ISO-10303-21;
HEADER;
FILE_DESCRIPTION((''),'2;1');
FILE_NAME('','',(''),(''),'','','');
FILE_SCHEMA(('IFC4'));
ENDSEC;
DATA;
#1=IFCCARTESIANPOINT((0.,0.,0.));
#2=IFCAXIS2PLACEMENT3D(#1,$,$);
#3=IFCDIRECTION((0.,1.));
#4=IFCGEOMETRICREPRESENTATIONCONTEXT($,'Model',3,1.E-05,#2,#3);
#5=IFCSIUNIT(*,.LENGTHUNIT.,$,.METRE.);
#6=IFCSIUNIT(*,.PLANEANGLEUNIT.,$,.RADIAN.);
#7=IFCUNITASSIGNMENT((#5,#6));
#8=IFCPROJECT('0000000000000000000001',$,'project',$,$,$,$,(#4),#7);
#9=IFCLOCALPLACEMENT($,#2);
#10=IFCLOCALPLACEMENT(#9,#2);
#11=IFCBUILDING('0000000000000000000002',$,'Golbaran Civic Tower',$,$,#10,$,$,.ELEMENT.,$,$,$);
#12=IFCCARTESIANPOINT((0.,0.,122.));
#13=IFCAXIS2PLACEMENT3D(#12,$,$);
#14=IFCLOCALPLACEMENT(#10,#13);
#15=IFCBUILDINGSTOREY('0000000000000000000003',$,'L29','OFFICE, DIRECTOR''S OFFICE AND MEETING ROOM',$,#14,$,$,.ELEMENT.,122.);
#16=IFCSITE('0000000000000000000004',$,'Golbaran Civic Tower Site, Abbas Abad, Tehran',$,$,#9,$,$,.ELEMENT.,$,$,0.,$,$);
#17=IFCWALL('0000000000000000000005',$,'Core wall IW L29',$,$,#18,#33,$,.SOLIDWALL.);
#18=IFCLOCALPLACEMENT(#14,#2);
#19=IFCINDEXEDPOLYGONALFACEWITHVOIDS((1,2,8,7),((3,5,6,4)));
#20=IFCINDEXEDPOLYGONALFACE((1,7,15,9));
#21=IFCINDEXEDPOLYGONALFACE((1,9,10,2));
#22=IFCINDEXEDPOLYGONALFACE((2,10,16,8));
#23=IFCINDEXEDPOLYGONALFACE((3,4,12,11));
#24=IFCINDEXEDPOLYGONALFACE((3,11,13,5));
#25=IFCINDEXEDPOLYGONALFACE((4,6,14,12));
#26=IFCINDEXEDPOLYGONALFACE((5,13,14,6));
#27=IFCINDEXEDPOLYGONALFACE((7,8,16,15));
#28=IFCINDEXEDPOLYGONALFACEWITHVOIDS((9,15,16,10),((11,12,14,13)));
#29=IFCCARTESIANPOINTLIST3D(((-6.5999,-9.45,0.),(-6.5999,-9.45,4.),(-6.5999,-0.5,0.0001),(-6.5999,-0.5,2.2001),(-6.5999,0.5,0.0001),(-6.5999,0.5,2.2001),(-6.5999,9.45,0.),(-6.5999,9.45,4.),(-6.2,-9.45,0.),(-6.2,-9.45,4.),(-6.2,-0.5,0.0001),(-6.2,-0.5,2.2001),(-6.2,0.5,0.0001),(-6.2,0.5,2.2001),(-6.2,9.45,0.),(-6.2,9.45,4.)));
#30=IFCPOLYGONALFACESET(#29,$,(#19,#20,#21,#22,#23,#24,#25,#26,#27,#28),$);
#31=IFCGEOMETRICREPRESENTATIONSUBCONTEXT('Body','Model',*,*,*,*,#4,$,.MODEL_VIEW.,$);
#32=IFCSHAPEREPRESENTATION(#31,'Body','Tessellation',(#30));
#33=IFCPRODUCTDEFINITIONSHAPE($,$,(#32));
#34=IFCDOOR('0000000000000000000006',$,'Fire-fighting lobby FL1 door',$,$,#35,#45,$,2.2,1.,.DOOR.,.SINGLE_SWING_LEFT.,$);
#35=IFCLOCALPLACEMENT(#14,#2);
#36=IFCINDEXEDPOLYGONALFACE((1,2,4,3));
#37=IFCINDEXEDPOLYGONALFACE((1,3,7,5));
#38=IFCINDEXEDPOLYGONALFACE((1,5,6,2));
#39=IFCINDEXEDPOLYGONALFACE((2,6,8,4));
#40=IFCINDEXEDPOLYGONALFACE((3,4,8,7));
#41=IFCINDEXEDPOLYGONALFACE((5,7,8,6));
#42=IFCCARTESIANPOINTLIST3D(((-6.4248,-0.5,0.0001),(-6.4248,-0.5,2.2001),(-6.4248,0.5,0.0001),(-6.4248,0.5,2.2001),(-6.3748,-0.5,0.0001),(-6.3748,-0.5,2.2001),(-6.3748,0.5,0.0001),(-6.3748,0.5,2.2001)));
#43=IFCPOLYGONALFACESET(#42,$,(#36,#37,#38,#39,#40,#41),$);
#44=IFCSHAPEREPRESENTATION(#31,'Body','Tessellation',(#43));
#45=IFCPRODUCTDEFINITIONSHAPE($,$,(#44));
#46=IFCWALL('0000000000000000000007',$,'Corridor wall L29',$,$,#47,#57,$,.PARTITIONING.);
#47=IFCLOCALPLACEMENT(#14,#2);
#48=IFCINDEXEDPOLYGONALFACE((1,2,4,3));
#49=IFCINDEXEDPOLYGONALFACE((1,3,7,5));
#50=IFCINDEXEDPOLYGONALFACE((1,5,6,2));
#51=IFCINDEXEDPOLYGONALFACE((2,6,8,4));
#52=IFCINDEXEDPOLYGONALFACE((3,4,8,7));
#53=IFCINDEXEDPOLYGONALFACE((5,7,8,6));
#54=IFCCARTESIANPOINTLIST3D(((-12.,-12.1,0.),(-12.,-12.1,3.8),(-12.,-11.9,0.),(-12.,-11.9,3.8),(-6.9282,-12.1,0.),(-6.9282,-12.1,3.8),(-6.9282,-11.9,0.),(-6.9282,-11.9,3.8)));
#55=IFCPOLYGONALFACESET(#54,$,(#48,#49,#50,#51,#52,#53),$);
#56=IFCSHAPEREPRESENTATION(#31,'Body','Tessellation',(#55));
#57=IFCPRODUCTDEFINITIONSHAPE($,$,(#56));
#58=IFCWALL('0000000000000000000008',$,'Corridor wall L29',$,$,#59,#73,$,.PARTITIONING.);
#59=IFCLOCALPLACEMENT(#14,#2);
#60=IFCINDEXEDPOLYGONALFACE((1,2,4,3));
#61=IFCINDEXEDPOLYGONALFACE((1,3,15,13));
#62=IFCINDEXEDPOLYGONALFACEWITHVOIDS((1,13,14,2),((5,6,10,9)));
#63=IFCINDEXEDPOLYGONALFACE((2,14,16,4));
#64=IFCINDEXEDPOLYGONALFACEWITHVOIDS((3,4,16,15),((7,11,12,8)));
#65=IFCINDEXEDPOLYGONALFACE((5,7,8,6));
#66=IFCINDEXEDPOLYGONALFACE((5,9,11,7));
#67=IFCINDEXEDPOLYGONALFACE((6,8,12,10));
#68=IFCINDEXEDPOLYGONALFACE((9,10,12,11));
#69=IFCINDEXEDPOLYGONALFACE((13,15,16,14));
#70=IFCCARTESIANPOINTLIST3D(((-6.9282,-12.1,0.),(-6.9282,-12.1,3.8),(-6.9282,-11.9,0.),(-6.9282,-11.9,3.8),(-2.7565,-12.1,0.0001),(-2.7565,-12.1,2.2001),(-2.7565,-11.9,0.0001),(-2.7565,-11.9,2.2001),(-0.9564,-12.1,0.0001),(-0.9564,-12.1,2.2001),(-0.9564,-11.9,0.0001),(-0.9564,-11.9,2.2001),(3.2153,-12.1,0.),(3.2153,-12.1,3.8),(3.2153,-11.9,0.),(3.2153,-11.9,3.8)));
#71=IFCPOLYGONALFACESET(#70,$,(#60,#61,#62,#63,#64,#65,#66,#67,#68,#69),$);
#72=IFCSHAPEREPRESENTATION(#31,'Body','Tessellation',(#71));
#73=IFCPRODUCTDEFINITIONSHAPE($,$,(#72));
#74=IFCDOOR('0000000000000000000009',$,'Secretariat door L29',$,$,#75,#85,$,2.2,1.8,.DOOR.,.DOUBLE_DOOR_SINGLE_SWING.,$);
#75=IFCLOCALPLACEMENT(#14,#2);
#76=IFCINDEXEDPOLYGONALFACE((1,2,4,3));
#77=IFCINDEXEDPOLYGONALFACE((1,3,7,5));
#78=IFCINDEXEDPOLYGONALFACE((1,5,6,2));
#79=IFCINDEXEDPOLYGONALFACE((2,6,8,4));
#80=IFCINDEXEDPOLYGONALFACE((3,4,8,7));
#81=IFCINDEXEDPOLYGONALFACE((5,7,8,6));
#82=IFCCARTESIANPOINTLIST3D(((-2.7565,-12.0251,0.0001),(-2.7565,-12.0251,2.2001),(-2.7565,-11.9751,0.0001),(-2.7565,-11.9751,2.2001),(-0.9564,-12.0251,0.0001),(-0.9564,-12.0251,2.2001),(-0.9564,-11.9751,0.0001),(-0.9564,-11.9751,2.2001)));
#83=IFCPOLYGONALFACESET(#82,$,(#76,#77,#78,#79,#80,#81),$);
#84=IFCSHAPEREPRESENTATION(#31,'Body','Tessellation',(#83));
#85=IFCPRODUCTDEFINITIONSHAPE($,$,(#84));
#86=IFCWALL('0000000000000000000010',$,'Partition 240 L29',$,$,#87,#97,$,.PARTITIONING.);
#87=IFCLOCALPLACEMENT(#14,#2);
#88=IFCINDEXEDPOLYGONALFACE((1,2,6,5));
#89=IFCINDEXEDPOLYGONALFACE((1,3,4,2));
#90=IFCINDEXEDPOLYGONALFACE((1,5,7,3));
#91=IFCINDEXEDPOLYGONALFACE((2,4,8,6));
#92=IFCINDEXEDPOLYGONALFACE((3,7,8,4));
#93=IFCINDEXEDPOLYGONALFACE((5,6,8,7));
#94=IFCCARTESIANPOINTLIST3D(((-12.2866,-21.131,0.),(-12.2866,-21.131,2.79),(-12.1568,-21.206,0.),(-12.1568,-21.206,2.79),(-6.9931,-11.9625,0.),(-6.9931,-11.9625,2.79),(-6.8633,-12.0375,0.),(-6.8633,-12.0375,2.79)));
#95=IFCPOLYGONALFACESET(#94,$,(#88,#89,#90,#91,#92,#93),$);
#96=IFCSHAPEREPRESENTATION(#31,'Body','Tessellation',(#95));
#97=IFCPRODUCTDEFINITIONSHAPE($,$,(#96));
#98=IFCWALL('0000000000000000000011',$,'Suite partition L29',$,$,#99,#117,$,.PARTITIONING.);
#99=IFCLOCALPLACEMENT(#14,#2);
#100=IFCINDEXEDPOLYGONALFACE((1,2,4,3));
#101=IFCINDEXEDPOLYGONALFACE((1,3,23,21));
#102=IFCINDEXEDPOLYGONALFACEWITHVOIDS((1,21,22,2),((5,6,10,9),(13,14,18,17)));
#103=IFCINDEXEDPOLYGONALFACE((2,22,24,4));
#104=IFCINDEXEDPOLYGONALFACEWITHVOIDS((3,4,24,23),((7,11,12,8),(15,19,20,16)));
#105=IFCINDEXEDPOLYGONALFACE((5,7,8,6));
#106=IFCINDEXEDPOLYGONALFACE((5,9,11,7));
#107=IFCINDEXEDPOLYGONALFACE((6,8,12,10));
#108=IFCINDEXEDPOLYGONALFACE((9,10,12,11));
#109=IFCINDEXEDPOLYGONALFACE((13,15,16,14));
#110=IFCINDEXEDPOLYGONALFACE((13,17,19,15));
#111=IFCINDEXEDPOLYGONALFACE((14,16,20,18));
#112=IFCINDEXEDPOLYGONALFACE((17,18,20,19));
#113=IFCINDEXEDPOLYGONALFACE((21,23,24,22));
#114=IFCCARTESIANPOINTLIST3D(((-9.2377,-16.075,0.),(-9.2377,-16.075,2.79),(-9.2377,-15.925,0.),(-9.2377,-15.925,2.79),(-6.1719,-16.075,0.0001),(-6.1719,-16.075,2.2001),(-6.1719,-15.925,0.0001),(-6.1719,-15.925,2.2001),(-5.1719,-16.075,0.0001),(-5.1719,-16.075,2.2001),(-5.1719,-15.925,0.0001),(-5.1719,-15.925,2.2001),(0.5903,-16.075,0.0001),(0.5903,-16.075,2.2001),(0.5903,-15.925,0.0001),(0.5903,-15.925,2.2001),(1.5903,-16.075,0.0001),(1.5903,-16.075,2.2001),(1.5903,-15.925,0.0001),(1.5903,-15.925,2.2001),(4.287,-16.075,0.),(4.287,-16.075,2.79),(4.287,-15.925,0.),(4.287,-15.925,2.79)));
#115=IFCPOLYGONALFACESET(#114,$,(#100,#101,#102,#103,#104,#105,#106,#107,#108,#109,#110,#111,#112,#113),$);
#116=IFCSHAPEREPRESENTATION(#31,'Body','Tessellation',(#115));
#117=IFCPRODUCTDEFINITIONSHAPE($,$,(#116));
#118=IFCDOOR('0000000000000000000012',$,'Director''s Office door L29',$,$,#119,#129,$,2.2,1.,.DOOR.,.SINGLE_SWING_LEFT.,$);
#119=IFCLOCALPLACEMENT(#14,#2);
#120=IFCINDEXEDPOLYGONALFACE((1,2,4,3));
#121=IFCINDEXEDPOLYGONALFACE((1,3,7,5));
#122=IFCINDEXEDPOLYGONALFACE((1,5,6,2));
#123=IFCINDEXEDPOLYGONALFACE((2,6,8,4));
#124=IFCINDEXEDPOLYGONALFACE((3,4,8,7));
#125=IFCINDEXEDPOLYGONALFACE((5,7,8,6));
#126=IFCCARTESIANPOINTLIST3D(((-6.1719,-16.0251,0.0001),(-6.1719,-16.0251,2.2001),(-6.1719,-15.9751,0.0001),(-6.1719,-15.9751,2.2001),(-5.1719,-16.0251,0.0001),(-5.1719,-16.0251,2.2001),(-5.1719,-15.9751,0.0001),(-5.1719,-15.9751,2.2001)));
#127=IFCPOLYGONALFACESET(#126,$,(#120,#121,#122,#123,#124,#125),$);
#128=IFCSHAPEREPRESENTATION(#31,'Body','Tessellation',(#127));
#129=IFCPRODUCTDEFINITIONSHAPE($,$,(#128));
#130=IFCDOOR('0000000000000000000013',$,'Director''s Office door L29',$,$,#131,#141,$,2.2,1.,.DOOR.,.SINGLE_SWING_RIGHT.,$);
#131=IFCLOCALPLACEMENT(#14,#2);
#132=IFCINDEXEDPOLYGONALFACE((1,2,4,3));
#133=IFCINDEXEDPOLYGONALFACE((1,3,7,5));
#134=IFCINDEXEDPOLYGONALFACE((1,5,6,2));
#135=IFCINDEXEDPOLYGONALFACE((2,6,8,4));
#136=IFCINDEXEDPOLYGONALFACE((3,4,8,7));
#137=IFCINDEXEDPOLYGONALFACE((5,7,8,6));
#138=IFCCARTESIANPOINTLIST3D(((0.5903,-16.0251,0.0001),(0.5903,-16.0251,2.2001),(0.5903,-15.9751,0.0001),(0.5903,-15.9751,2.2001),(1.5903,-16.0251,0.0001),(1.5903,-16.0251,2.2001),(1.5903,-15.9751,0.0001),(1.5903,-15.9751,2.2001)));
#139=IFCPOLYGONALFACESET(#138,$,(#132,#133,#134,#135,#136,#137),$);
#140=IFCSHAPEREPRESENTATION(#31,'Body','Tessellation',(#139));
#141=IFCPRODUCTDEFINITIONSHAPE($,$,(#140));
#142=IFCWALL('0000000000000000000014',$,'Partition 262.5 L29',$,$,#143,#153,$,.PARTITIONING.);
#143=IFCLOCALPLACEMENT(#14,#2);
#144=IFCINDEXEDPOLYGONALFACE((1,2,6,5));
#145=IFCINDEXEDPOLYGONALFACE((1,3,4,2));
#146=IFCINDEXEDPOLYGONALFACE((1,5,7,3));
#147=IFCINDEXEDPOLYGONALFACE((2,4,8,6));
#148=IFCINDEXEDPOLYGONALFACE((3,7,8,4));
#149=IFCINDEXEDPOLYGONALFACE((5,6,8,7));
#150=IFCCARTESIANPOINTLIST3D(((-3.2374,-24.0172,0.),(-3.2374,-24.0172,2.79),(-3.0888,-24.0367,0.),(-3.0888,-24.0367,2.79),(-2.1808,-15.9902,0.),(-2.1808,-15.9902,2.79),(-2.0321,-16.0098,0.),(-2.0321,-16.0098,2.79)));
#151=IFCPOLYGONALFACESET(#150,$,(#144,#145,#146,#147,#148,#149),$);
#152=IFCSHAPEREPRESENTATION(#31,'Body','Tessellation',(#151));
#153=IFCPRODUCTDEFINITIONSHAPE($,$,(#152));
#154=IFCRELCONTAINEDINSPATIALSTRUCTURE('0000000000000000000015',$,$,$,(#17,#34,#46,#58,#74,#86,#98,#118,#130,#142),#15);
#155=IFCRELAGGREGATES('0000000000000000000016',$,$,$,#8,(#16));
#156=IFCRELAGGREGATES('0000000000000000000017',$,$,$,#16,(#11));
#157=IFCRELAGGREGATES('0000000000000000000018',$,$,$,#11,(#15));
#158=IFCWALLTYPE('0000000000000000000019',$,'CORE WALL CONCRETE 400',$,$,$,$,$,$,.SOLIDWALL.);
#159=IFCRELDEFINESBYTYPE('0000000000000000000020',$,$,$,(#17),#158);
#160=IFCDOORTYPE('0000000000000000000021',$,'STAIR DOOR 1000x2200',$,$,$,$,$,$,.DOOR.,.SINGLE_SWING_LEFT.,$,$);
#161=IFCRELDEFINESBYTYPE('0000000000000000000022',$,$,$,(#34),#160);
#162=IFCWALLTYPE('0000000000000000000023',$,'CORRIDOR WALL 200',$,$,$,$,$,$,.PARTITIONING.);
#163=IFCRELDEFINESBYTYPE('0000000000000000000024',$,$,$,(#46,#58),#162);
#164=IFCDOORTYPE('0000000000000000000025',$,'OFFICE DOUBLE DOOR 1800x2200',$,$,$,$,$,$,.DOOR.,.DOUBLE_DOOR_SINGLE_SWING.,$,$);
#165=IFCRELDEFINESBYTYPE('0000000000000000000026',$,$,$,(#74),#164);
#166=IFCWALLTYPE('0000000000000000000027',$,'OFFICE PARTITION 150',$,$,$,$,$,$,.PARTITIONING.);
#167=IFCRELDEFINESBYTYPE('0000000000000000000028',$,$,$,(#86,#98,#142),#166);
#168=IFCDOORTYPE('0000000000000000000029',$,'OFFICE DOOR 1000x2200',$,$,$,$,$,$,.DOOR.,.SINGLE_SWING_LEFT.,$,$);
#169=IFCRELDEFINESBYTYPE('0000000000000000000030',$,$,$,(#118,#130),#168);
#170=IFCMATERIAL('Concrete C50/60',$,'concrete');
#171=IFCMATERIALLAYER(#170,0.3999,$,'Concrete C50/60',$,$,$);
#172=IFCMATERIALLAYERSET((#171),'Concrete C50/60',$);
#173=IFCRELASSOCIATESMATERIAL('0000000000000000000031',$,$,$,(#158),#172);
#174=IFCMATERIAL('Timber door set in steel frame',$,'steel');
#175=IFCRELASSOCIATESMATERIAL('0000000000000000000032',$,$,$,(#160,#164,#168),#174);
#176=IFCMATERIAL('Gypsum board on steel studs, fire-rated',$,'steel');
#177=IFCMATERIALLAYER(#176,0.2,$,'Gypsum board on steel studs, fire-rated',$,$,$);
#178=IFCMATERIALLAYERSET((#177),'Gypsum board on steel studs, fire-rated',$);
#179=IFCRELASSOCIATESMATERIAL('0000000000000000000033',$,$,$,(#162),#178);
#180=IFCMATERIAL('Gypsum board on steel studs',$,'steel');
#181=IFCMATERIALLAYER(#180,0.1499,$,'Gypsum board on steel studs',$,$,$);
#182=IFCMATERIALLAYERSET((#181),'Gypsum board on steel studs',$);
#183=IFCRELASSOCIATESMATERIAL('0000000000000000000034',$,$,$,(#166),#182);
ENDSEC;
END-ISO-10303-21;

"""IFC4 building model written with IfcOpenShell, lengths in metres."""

from ifc_helpers import new_model, si_unit, direction, frame, frame_2d, origin, place, context, subcontext, project, spatial, rectangle, extrude, material, layer, layer_set, type_object, element, fill, save


model = new_model("IFC4")

# Units and contexts
model_context = context("Model", 3, precision=1e-05, world=origin(), true_north=direction((0.0, 1.0)))
body_context = subcontext(model_context, "Body", "Model", "MODEL_VIEW")
ifc_project = project(units=[si_unit("LENGTHUNIT", "METRE"), si_unit("PLANEANGLEUNIT", "RADIAN")], contexts=[model_context])

# Site, building, storey
site_placement = place(None, origin())
site = spatial("IfcSite", under=ifc_project, at=site_placement, Name="Golbaran Civic Tower Site, Abbas Abad, Tehran", CompositionType="ELEMENT", RefElevation=0.0)
building_placement = place(site_placement, origin())
building = spatial("IfcBuilding", under=site, at=building_placement, Name="Golbaran Civic Tower", CompositionType="ELEMENT")
storey_placement = place(building_placement, frame((0.0, 0.0, 122.0)))
storey = spatial("IfcBuildingStorey", under=building, at=storey_placement, Name="L29", Description="OFFICE, DIRECTOR'S OFFICE AND MEETING ROOM", CompositionType="ELEMENT", Elevation=122.0)

# Wall, opening, door
ifc_material_1 = material(Name="Concrete C50/60", Category="concrete")
ifc_layer_1 = layer(ifc_material_1, 0.3999, Name="Concrete C50/60")
ifc_layer_set_1 = layer_set([ifc_layer_1], Name="Concrete C50/60")
wall_type_1 = type_object("IfcWallType", Name="CORE WALL CONCRETE 400", PredefinedType="SOLIDWALL", material=ifc_layer_set_1)
wall_1_placement = place(storey_placement, frame((-6.3999, -9.45, 0.0), z_axis=(0.0, 0.0, 1.0), x_axis=(0.0, 1.0, 0.0)))
wall_1 = element("IfcWall", 1, at=wall_1_placement, inside=storey, type_object=wall_type_1, Name="Core wall IW L29", PredefinedType="SOLIDWALL", context=body_context, shape_type="SweptSolid", body=[
    extrude(rectangle(XDim=18.8999, YDim=0.3999, at=frame_2d((9.45, 0.0))), origin(), (0.0, 0.0, 1.0), 4.0),
])
opening_1_placement = place(wall_1_placement, frame((8.95, 0.0, 0.0)))
opening_1 = element("IfcOpeningElement", 2, at=opening_1_placement, cuts=wall_1, PredefinedType="OPENING", context=body_context, shape_type="SweptSolid", body=[
    extrude(rectangle(XDim=1.0, YDim=2.2, at=frame_2d((0.5, 1.1001))), frame((0.0, 0.21, 0.0), z_axis=(0.0, -1.0, 0.0), x_axis=(1.0, 0.0, 0.0)), (0.0, 0.0, 1.0), 0.4199),
])
ifc_material_2 = material(Name="Timber door set in steel frame", Category="steel")
door_type_1 = type_object("IfcDoorType", Name="STAIR DOOR 1000x2200", OperationType="SINGLE_SWING_LEFT", PredefinedType="DOOR", material=ifc_material_2)
door_1_placement = place(opening_1_placement, origin())
door_1 = element("IfcDoor", 3, at=door_1_placement, inside=storey, type_object=door_type_1, Name="Fire-fighting lobby FL1 door", OperationType="SINGLE_SWING_LEFT", OverallHeight=2.2, OverallWidth=1.0, PredefinedType="DOOR", context=body_context, shape_type="SweptSolid", body=[
    extrude(rectangle(XDim=1.0, YDim=2.2, at=frame_2d((0.5, 1.1001))), frame((0.0, 0.0249, 0.0), z_axis=(0.0, -1.0, 0.0), x_axis=(1.0, 0.0, 0.0)), (0.0, 0.0, 1.0), 0.05),
])
fill(opening_1, door_1)

# Wall
ifc_material_3 = material(Name="Gypsum board on steel studs, fire-rated", Category="steel")
ifc_layer_2 = layer(ifc_material_3, 0.2, Name="Gypsum board on steel studs, fire-rated")
ifc_layer_set_2 = layer_set([ifc_layer_2], Name="Gypsum board on steel studs, fire-rated")
wall_type_2 = type_object("IfcWallType", Name="CORRIDOR WALL 200", PredefinedType="PARTITIONING", material=ifc_layer_set_2)
wall_2_placement = place(storey_placement, frame((-12.0, -12.0, 0.0), z_axis=(0.0, 0.0, 1.0), x_axis=(1.0, 0.0, 0.0)))
element("IfcWall", 4, at=wall_2_placement, inside=storey, type_object=wall_type_2, Name="Corridor wall L29", PredefinedType="PARTITIONING", context=body_context, shape_type="SweptSolid", body=[
    extrude(rectangle(XDim=5.0718, YDim=0.2, at=frame_2d((2.5359, 0.0))), origin(), (0.0, 0.0, 1.0), 3.8),
])

# Wall, opening, door
wall_3_placement = place(storey_placement, frame((-6.9282, -12.0, 0.0), z_axis=(0.0, 0.0, 1.0), x_axis=(1.0, 0.0, 0.0)))
wall_3 = element("IfcWall", 5, at=wall_3_placement, inside=storey, type_object=wall_type_2, Name="Corridor wall L29", PredefinedType="PARTITIONING", context=body_context, shape_type="SweptSolid", body=[
    extrude(rectangle(XDim=10.1436, YDim=0.2, at=frame_2d((5.0718, 0.0))), origin(), (0.0, 0.0, 1.0), 3.8),
])
opening_2_placement = place(wall_3_placement, frame((4.1719, 0.0, 0.0)))
opening_2 = element("IfcOpeningElement", 6, at=opening_2_placement, cuts=wall_3, PredefinedType="OPENING", context=body_context, shape_type="SweptSolid", body=[
    extrude(rectangle(XDim=1.8, YDim=2.2, at=frame_2d((0.8999, 1.1001))), frame((0.0, 0.1099, 0.0), z_axis=(0.0, -1.0, 0.0), x_axis=(1.0, 0.0, 0.0)), (0.0, 0.0, 1.0), 0.22),
])
door_type_2 = type_object("IfcDoorType", Name="OFFICE DOUBLE DOOR 1800x2200", OperationType="DOUBLE_DOOR_SINGLE_SWING", PredefinedType="DOOR", material=ifc_material_2)
door_2_placement = place(opening_2_placement, origin())
door_2 = element("IfcDoor", 7, at=door_2_placement, inside=storey, type_object=door_type_2, Name="Secretariat door L29", OperationType="DOUBLE_DOOR_SINGLE_SWING", OverallHeight=2.2, OverallWidth=1.8, PredefinedType="DOOR", context=body_context, shape_type="SweptSolid", body=[
    extrude(rectangle(XDim=1.8, YDim=2.2, at=frame_2d((0.8999, 1.1001))), frame((0.0, 0.0249, 0.0), z_axis=(0.0, -1.0, 0.0), x_axis=(1.0, 0.0, 0.0)), (0.0, 0.0, 1.0), 0.05),
])
fill(opening_2, door_2)

# Wall
ifc_material_4 = material(Name="Gypsum board on steel studs", Category="steel")
ifc_layer_3 = layer(ifc_material_4, 0.1499, Name="Gypsum board on steel studs")
ifc_layer_set_3 = layer_set([ifc_layer_3], Name="Gypsum board on steel studs")
wall_type_3 = type_object("IfcWallType", Name="OFFICE PARTITION 150", PredefinedType="PARTITIONING", material=ifc_layer_set_3)
wall_4_placement = place(storey_placement, frame((-6.9282, -12.0, 0.0), z_axis=(0.0, 0.0, 1.0), x_axis=(-0.500003, -0.866024, 0.0)))
element("IfcWall", 8, at=wall_4_placement, inside=storey, type_object=wall_type_3, Name="Partition 240 L29", PredefinedType="PARTITIONING", context=body_context, shape_type="SweptSolid", body=[
    extrude(rectangle(XDim=10.5869, YDim=0.1499, at=frame_2d((5.2935, 0.0))), origin(), (0.0, 0.0, 1.0), 2.79),
])

# Wall, openings, doors
wall_5_placement = place(storey_placement, frame((-9.2375, -16.0, 0.0), z_axis=(0.0, 0.0, 1.0), x_axis=(1.0, 0.0, 0.0)))
wall_5 = element("IfcWall", 9, at=wall_5_placement, inside=storey, type_object=wall_type_3, Name="Suite partition L29", PredefinedType="PARTITIONING", context=body_context, shape_type="SweptSolid", body=[
    extrude(rectangle(XDim=13.5247, YDim=0.1499, at=frame_2d((6.7622, 0.0))), origin(), (0.0, 0.0, 1.0), 2.79),
])
opening_3_placement = place(wall_5_placement, frame((3.0657, 0.0, 0.0)))
opening_3 = element("IfcOpeningElement", 10, at=opening_3_placement, cuts=wall_5, PredefinedType="OPENING", context=body_context, shape_type="SweptSolid", body=[
    extrude(rectangle(XDim=1.0, YDim=2.2, at=frame_2d((0.5, 1.1001))), frame((0.0, 0.085, 0.0), z_axis=(0.0, -1.0, 0.0), x_axis=(1.0, 0.0, 0.0)), (0.0, 0.0, 1.0), 0.1699),
])
opening_4_placement = place(wall_5_placement, frame((9.8279, 0.0, 0.0)))
opening_4 = element("IfcOpeningElement", 11, at=opening_4_placement, cuts=wall_5, PredefinedType="OPENING", context=body_context, shape_type="SweptSolid", body=[
    extrude(rectangle(XDim=1.0, YDim=2.2, at=frame_2d((0.5, 1.1001))), frame((0.0, 0.085, 0.0), z_axis=(0.0, -1.0, 0.0), x_axis=(1.0, 0.0, 0.0)), (0.0, 0.0, 1.0), 0.1699),
])
door_type_3 = type_object("IfcDoorType", Name="OFFICE DOOR 1000x2200", OperationType="SINGLE_SWING_LEFT", PredefinedType="DOOR", material=ifc_material_2)
door_3_placement = place(opening_3_placement, origin())
door_3 = element("IfcDoor", 12, at=door_3_placement, inside=storey, type_object=door_type_3, Name="Director's Office door L29", OperationType="SINGLE_SWING_LEFT", OverallHeight=2.2, OverallWidth=1.0, PredefinedType="DOOR", context=body_context, shape_type="SweptSolid", body=[
    extrude(rectangle(XDim=1.0, YDim=2.2, at=frame_2d((0.5, 1.1001))), frame((0.0, 0.0249, 0.0), z_axis=(0.0, -1.0, 0.0), x_axis=(1.0, 0.0, 0.0)), (0.0, 0.0, 1.0), 0.05),
])
fill(opening_3, door_3)
door_4_placement = place(opening_4_placement, origin())
door_4 = element("IfcDoor", 13, at=door_4_placement, inside=storey, type_object=door_type_3, Name="Director's Office door L29", OperationType="SINGLE_SWING_RIGHT", OverallHeight=2.2, OverallWidth=1.0, PredefinedType="DOOR", context=body_context, shape_type="SweptSolid", body=[
    extrude(rectangle(XDim=1.0, YDim=2.2, at=frame_2d((0.5, 1.1001))), frame((0.0, 0.0249, 0.0), z_axis=(0.0, -1.0, 0.0), x_axis=(1.0, 0.0, 0.0)), (0.0, 0.0, 1.0), 0.05),
])
fill(opening_4, door_4)

# Wall
wall_6_placement = place(storey_placement, frame((-2.1064, -16.0, 0.0), z_axis=(0.0, 0.0, 1.0), x_axis=(-0.130512, -0.991447, 0.0)))
element("IfcWall", 14, at=wall_6_placement, inside=storey, type_object=wall_type_3, Name="Partition 262.5 L29", PredefinedType="PARTITIONING", context=body_context, shape_type="SweptSolid", body=[
    extrude(rectangle(XDim=8.0962, YDim=0.1499, at=frame_2d((4.0481, 0.0))), origin(), (0.0, 0.0, 1.0), 2.79),
])

save(model, "model.ifc")
